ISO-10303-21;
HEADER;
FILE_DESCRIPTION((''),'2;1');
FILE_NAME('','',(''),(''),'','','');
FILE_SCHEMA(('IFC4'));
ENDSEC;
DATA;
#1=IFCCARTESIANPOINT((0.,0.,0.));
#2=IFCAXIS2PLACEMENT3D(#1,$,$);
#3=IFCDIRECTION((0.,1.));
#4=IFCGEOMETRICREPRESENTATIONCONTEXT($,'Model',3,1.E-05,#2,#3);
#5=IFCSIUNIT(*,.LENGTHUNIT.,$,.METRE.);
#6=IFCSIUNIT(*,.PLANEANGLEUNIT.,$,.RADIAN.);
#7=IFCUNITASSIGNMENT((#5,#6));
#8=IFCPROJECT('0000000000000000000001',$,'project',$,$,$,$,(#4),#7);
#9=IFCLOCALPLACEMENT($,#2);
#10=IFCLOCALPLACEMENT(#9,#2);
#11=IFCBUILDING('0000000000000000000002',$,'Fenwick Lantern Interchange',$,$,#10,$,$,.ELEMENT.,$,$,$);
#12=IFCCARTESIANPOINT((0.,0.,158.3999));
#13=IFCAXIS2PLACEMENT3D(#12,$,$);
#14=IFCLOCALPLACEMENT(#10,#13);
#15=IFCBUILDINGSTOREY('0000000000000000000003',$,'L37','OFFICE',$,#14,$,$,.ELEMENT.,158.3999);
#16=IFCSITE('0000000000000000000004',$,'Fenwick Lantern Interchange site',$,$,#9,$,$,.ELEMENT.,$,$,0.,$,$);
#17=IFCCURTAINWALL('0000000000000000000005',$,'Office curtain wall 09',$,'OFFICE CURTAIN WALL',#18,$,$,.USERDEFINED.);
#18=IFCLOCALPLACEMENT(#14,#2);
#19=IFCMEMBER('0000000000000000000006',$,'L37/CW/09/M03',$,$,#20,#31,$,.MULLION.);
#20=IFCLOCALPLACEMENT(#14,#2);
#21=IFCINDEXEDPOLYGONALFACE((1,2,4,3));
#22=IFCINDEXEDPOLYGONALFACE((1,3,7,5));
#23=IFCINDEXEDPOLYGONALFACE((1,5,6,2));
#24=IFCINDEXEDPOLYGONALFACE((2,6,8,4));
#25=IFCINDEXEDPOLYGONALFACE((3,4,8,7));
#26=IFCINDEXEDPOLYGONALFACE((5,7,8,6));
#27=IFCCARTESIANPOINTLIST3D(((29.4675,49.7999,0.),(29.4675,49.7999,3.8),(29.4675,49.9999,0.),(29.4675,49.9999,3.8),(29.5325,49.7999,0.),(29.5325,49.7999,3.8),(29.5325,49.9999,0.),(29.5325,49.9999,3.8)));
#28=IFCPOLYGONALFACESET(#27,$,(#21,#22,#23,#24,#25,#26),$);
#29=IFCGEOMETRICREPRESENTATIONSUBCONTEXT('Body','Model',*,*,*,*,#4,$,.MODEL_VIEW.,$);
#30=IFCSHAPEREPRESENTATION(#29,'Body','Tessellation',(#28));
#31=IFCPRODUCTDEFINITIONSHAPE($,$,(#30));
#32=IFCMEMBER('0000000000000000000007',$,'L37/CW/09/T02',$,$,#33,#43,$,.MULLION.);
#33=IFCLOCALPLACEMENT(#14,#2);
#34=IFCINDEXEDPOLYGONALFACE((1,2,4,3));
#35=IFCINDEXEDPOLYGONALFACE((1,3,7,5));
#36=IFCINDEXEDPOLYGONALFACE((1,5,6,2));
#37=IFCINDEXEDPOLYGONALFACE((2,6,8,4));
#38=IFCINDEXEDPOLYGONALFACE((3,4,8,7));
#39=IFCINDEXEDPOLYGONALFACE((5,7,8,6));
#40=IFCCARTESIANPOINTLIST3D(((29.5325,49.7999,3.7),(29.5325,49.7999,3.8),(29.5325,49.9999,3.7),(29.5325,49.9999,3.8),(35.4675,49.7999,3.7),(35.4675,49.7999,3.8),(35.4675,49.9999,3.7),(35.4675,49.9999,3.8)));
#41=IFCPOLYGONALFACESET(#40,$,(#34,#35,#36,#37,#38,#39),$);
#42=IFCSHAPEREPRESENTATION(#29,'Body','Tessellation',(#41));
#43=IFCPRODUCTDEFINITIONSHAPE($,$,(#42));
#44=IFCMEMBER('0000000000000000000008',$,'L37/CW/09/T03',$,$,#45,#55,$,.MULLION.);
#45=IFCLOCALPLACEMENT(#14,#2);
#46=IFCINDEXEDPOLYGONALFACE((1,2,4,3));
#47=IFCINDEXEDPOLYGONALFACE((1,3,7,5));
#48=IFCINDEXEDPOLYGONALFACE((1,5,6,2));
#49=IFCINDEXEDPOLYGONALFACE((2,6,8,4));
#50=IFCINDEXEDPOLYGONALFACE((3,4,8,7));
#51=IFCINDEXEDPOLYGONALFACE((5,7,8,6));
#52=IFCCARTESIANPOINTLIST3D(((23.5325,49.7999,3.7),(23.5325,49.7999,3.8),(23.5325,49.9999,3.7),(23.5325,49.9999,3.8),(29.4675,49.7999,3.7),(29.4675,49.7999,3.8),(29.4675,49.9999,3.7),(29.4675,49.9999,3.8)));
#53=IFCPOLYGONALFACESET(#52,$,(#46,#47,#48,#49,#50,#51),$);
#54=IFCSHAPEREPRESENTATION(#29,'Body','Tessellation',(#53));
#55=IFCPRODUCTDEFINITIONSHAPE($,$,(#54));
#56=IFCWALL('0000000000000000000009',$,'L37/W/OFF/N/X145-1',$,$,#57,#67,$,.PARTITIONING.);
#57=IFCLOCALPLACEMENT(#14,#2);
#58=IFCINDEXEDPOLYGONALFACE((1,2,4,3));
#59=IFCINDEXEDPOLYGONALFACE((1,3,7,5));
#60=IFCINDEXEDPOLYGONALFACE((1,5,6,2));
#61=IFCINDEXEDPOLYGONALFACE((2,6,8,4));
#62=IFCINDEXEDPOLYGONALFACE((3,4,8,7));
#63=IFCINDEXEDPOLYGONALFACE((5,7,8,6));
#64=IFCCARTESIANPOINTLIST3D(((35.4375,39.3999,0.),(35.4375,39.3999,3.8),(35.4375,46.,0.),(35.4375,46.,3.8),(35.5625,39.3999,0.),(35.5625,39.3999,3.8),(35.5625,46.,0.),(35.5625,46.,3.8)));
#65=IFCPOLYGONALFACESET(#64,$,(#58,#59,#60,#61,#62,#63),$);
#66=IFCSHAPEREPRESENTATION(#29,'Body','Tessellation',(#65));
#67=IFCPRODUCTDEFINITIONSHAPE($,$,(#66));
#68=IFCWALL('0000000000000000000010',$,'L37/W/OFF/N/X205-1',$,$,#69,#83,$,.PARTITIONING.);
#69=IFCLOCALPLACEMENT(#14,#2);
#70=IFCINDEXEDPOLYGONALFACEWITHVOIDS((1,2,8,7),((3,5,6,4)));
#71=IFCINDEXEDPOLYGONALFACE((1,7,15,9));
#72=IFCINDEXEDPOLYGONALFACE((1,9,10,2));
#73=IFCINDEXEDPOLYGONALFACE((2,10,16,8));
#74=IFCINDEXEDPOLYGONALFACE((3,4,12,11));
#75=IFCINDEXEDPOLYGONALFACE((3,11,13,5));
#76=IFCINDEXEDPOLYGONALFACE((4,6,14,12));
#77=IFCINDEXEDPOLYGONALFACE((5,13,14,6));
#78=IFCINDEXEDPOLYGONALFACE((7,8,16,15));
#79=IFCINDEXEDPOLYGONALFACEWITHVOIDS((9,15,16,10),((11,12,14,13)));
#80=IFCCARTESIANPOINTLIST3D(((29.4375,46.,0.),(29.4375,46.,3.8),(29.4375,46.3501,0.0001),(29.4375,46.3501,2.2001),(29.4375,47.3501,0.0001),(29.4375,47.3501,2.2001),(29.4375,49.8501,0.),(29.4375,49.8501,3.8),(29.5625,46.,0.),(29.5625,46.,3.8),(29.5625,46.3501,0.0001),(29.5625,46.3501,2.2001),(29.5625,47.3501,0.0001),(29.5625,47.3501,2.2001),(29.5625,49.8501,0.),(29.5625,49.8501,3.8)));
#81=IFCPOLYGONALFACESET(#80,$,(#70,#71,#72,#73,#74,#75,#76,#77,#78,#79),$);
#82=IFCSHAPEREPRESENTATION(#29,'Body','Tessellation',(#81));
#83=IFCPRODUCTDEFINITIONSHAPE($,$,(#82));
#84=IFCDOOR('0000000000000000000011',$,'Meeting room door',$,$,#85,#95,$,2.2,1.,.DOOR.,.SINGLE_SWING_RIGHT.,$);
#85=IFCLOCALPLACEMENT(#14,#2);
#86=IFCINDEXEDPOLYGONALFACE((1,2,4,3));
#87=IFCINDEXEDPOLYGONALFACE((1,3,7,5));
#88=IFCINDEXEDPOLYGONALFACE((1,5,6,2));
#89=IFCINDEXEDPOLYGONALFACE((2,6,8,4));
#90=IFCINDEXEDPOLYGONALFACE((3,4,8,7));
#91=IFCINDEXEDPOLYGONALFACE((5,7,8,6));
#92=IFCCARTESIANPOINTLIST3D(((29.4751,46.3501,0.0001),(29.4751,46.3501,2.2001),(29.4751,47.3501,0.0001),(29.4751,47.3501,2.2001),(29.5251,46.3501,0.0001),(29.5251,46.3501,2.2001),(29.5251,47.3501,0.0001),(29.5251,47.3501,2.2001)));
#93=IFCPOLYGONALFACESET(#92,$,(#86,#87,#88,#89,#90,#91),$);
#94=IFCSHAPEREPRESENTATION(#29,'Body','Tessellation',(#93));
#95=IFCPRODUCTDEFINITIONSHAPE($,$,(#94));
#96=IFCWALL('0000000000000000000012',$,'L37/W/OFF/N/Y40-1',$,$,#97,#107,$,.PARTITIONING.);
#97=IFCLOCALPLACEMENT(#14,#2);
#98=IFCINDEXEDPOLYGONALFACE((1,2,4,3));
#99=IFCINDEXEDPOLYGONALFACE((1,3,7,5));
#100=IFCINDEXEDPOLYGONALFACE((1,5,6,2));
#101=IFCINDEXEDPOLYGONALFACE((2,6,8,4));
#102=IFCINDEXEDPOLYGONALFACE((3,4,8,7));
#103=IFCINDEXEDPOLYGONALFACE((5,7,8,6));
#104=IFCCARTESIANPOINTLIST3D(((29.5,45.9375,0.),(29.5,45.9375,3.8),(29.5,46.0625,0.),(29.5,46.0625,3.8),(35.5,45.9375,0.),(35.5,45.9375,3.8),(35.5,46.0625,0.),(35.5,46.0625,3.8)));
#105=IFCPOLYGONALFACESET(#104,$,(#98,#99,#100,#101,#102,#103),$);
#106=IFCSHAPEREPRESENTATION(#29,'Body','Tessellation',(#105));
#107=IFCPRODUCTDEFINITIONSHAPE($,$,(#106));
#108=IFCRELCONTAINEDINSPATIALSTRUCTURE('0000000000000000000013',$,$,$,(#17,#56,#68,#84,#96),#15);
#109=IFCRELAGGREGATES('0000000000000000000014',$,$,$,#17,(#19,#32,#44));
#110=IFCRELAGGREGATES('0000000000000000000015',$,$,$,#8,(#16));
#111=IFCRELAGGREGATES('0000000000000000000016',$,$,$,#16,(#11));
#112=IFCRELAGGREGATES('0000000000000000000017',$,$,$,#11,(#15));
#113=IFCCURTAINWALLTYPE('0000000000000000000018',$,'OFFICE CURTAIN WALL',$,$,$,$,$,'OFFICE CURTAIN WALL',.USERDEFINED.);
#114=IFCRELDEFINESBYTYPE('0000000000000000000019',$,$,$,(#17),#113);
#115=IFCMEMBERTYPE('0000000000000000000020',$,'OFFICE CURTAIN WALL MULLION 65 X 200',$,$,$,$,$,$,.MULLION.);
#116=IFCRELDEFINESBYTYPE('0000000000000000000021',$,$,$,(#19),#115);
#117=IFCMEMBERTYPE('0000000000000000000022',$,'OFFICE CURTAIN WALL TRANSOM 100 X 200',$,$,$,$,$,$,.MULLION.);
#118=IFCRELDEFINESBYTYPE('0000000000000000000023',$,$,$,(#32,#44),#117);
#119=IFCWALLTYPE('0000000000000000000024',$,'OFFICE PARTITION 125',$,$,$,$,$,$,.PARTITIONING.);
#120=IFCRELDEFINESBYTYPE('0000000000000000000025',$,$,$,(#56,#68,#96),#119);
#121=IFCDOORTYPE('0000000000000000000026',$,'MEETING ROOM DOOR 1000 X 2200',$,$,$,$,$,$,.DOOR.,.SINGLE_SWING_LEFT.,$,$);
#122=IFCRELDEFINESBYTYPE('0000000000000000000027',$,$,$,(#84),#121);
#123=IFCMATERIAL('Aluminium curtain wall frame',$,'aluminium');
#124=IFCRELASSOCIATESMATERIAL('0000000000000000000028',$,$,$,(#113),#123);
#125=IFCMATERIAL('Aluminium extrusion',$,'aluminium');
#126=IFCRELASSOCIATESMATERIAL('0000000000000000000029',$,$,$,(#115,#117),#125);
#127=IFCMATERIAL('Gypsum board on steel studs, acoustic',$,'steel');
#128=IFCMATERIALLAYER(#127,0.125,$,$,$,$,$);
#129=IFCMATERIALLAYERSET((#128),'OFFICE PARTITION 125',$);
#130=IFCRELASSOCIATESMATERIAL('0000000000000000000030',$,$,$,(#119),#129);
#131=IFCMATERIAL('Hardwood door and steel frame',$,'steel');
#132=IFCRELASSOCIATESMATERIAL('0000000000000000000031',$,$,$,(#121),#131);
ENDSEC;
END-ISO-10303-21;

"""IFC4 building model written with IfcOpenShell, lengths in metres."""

from ifc_helpers import new_model, si_unit, direction, frame, frame_2d, origin, origin_2d, place, context, subcontext, project, spatial, rectangle, extrude, material, layer, layer_set, material_profile, profile_set, type_object, element, fill, aggregate, save


model = new_model("IFC4")

# Units and contexts
model_context = context("Model", 3, precision=1e-05, world=origin(), true_north=direction((0.0, 1.0)))
body_context = subcontext(model_context, "Body", "Model", "MODEL_VIEW")
ifc_project = project(units=[si_unit("LENGTHUNIT", "METRE"), si_unit("PLANEANGLEUNIT", "RADIAN")], contexts=[model_context])

# Site, building, storey
site_placement = place(None, origin())
site = spatial("IfcSite", under=ifc_project, at=site_placement, Name="Fenwick Lantern Interchange site", CompositionType="ELEMENT", RefElevation=0.0)
building_placement = place(site_placement, origin())
building = spatial("IfcBuilding", under=site, at=building_placement, Name="Fenwick Lantern Interchange", CompositionType="ELEMENT")
storey_placement = place(building_placement, frame((0.0, 0.0, 158.3999)))
storey = spatial("IfcBuildingStorey", under=building, at=storey_placement, Name="L37", Description="OFFICE", CompositionType="ELEMENT", Elevation=158.3999)

# Curtain wall, members
ifc_material_1 = material(Name="Aluminium curtain wall frame", Category="aluminium")
curtain_wall_type = type_object("IfcCurtainWallType", Name="OFFICE CURTAIN WALL", ElementType="OFFICE CURTAIN WALL", PredefinedType="USERDEFINED", material=ifc_material_1)
curtain_wall_placement = place(storey_placement, origin())
curtain_wall = element("IfcCurtainWall", 1, at=curtain_wall_placement, inside=storey, type_object=curtain_wall_type, Name="Office curtain wall 09", ObjectType="OFFICE CURTAIN WALL", PredefinedType="USERDEFINED")
ifc_material_2 = material(Name="Aluminium extrusion", Category="aluminium")
ifc_material_profile_1 = material_profile(ifc_material_2, rectangle(XDim=0.2, YDim=0.0649, at=origin_2d()), Name="OFFICE CURTAIN WALL MULLION 65 X 200")
ifc_profile_set_1 = profile_set([ifc_material_profile_1], Name="Aluminium extrusion")
member_type_1 = type_object("IfcMemberType", Name="OFFICE CURTAIN WALL MULLION 65 X 200", PredefinedType="MULLION", material=ifc_profile_set_1)
member_1_placement = place(storey_placement, frame((29.5, 49.8999, 0.0), z_axis=(0.0, 0.0, 1.0), x_axis=(0.0, -1.0, 0.0)))
member_1 = element("IfcMember", 2, at=member_1_placement, type_object=member_type_1, Name="L37/CW/09/M03", PredefinedType="MULLION", context=body_context, shape_type="SweptSolid", body=[
    extrude(rectangle(XDim=0.2, YDim=0.0649, at=origin_2d()), origin(), (0.0, 0.0, 1.0), 3.8),
])
ifc_material_profile_2 = material_profile(ifc_material_2, rectangle(XDim=0.2, YDim=0.1001, at=origin_2d()), Name="OFFICE CURTAIN WALL TRANSOM 100 X 200")
ifc_profile_set_2 = profile_set([ifc_material_profile_2], Name="Aluminium extrusion")
member_type_2 = type_object("IfcMemberType", Name="OFFICE CURTAIN WALL TRANSOM 100 X 200", PredefinedType="MULLION", material=ifc_profile_set_2)
member_2_placement = place(storey_placement, frame((35.4675, 49.8999, 3.75), z_axis=(-1.0, 0.0, 0.0), x_axis=(0.0, -1.0, 0.0)))
member_2 = element("IfcMember", 3, at=member_2_placement, type_object=member_type_2, Name="L37/CW/09/T02", PredefinedType="MULLION", context=body_context, shape_type="SweptSolid", body=[
    extrude(rectangle(XDim=0.2, YDim=0.1001, at=origin_2d()), origin(), (0.0, 0.0, 1.0), 5.9351),
])
member_3_placement = place(storey_placement, frame((29.4675, 49.8999, 3.75), z_axis=(-1.0, 0.0, 0.0), x_axis=(0.0, -1.0, 0.0)))
member_3 = element("IfcMember", 4, at=member_3_placement, type_object=member_type_2, Name="L37/CW/09/T03", PredefinedType="MULLION", context=body_context, shape_type="SweptSolid", body=[
    extrude(rectangle(XDim=0.2, YDim=0.1001, at=origin_2d()), origin(), (0.0, 0.0, 1.0), 5.9351),
])
aggregate(curtain_wall, [member_1, member_2, member_3])

# Wall
ifc_material_3 = material(Name="Gypsum board on steel studs, acoustic", Category="steel")
ifc_layer = layer(ifc_material_3, 0.125)
ifc_layer_set = layer_set([ifc_layer], Name="OFFICE PARTITION 125")
wall_type = type_object("IfcWallType", Name="OFFICE PARTITION 125", PredefinedType="PARTITIONING", material=ifc_layer_set)
wall_1_placement = place(storey_placement, frame((35.5, 46.0, 0.0), z_axis=(0.0, 0.0, 1.0), x_axis=(0.0, -1.0, 0.0)))
element("IfcWall", 5, at=wall_1_placement, inside=storey, type_object=wall_type, Name="L37/W/OFF/N/X145-1", PredefinedType="PARTITIONING", context=body_context, shape_type="SweptSolid", body=[
    extrude(rectangle(XDim=6.6001, YDim=0.125, at=frame_2d((3.3, 0.0))), origin(), (0.0, 0.0, 1.0), 3.8),
])

# Wall, opening, door
wall_2_placement = place(storey_placement, frame((29.5, 49.8501, 0.0), z_axis=(0.0, 0.0, 1.0), x_axis=(0.0, -1.0, 0.0)))
wall_2 = element("IfcWall", 6, at=wall_2_placement, inside=storey, type_object=wall_type, Name="L37/W/OFF/N/X205-1", PredefinedType="PARTITIONING", context=body_context, shape_type="SweptSolid", body=[
    extrude(rectangle(XDim=3.8501, YDim=0.125, at=frame_2d((1.925, 0.0))), origin(), (0.0, 0.0, 1.0), 3.8),
])
opening_placement = place(wall_2_placement, frame((2.5, 0.0, 0.0)))
opening = element("IfcOpeningElement", 7, at=opening_placement, cuts=wall_2, PredefinedType="OPENING", context=body_context, shape_type="SweptSolid", body=[
    extrude(rectangle(XDim=1.0, YDim=2.2, at=frame_2d((0.5, 1.1001))), frame((0.0, 0.0725, 0.0), z_axis=(0.0, -1.0, 0.0), x_axis=(1.0, 0.0, 0.0)), (0.0, 0.0, 1.0), 0.145),
])
ifc_material_4 = material(Name="Hardwood door and steel frame", Category="steel")
door_type = type_object("IfcDoorType", Name="MEETING ROOM DOOR 1000 X 2200", OperationType="SINGLE_SWING_LEFT", PredefinedType="DOOR", material=ifc_material_4)
door_placement = place(opening_placement, frame((1.0, 0.0, 0.0), z_axis=(0.0, 0.0, 1.0), x_axis=(-1.0, 0.0, 0.0)))
door = element("IfcDoor", 8, at=door_placement, inside=storey, type_object=door_type, Name="Meeting room door", OperationType="SINGLE_SWING_RIGHT", OverallHeight=2.2, OverallWidth=1.0, PredefinedType="DOOR", context=body_context, shape_type="SweptSolid", body=[
    extrude(rectangle(XDim=1.0, YDim=2.2, at=frame_2d((0.5, 1.1001))), frame((0.0, 0.0249, 0.0), z_axis=(0.0, -1.0, 0.0), x_axis=(1.0, 0.0, 0.0)), (0.0, 0.0, 1.0), 0.05),
])
fill(opening, door)

# Wall
wall_3_placement = place(storey_placement, frame((35.5, 46.0, 0.0), z_axis=(0.0, 0.0, 1.0), x_axis=(-1.0, 0.0, 0.0)))
element("IfcWall", 9, at=wall_3_placement, inside=storey, type_object=wall_type, Name="L37/W/OFF/N/Y40-1", PredefinedType="PARTITIONING", context=body_context, shape_type="SweptSolid", body=[
    extrude(rectangle(XDim=6.0, YDim=0.125, at=frame_2d((3.0, 0.0))), origin(), (0.0, 0.0, 1.0), 3.8),
])

save(model, "model.ifc")
